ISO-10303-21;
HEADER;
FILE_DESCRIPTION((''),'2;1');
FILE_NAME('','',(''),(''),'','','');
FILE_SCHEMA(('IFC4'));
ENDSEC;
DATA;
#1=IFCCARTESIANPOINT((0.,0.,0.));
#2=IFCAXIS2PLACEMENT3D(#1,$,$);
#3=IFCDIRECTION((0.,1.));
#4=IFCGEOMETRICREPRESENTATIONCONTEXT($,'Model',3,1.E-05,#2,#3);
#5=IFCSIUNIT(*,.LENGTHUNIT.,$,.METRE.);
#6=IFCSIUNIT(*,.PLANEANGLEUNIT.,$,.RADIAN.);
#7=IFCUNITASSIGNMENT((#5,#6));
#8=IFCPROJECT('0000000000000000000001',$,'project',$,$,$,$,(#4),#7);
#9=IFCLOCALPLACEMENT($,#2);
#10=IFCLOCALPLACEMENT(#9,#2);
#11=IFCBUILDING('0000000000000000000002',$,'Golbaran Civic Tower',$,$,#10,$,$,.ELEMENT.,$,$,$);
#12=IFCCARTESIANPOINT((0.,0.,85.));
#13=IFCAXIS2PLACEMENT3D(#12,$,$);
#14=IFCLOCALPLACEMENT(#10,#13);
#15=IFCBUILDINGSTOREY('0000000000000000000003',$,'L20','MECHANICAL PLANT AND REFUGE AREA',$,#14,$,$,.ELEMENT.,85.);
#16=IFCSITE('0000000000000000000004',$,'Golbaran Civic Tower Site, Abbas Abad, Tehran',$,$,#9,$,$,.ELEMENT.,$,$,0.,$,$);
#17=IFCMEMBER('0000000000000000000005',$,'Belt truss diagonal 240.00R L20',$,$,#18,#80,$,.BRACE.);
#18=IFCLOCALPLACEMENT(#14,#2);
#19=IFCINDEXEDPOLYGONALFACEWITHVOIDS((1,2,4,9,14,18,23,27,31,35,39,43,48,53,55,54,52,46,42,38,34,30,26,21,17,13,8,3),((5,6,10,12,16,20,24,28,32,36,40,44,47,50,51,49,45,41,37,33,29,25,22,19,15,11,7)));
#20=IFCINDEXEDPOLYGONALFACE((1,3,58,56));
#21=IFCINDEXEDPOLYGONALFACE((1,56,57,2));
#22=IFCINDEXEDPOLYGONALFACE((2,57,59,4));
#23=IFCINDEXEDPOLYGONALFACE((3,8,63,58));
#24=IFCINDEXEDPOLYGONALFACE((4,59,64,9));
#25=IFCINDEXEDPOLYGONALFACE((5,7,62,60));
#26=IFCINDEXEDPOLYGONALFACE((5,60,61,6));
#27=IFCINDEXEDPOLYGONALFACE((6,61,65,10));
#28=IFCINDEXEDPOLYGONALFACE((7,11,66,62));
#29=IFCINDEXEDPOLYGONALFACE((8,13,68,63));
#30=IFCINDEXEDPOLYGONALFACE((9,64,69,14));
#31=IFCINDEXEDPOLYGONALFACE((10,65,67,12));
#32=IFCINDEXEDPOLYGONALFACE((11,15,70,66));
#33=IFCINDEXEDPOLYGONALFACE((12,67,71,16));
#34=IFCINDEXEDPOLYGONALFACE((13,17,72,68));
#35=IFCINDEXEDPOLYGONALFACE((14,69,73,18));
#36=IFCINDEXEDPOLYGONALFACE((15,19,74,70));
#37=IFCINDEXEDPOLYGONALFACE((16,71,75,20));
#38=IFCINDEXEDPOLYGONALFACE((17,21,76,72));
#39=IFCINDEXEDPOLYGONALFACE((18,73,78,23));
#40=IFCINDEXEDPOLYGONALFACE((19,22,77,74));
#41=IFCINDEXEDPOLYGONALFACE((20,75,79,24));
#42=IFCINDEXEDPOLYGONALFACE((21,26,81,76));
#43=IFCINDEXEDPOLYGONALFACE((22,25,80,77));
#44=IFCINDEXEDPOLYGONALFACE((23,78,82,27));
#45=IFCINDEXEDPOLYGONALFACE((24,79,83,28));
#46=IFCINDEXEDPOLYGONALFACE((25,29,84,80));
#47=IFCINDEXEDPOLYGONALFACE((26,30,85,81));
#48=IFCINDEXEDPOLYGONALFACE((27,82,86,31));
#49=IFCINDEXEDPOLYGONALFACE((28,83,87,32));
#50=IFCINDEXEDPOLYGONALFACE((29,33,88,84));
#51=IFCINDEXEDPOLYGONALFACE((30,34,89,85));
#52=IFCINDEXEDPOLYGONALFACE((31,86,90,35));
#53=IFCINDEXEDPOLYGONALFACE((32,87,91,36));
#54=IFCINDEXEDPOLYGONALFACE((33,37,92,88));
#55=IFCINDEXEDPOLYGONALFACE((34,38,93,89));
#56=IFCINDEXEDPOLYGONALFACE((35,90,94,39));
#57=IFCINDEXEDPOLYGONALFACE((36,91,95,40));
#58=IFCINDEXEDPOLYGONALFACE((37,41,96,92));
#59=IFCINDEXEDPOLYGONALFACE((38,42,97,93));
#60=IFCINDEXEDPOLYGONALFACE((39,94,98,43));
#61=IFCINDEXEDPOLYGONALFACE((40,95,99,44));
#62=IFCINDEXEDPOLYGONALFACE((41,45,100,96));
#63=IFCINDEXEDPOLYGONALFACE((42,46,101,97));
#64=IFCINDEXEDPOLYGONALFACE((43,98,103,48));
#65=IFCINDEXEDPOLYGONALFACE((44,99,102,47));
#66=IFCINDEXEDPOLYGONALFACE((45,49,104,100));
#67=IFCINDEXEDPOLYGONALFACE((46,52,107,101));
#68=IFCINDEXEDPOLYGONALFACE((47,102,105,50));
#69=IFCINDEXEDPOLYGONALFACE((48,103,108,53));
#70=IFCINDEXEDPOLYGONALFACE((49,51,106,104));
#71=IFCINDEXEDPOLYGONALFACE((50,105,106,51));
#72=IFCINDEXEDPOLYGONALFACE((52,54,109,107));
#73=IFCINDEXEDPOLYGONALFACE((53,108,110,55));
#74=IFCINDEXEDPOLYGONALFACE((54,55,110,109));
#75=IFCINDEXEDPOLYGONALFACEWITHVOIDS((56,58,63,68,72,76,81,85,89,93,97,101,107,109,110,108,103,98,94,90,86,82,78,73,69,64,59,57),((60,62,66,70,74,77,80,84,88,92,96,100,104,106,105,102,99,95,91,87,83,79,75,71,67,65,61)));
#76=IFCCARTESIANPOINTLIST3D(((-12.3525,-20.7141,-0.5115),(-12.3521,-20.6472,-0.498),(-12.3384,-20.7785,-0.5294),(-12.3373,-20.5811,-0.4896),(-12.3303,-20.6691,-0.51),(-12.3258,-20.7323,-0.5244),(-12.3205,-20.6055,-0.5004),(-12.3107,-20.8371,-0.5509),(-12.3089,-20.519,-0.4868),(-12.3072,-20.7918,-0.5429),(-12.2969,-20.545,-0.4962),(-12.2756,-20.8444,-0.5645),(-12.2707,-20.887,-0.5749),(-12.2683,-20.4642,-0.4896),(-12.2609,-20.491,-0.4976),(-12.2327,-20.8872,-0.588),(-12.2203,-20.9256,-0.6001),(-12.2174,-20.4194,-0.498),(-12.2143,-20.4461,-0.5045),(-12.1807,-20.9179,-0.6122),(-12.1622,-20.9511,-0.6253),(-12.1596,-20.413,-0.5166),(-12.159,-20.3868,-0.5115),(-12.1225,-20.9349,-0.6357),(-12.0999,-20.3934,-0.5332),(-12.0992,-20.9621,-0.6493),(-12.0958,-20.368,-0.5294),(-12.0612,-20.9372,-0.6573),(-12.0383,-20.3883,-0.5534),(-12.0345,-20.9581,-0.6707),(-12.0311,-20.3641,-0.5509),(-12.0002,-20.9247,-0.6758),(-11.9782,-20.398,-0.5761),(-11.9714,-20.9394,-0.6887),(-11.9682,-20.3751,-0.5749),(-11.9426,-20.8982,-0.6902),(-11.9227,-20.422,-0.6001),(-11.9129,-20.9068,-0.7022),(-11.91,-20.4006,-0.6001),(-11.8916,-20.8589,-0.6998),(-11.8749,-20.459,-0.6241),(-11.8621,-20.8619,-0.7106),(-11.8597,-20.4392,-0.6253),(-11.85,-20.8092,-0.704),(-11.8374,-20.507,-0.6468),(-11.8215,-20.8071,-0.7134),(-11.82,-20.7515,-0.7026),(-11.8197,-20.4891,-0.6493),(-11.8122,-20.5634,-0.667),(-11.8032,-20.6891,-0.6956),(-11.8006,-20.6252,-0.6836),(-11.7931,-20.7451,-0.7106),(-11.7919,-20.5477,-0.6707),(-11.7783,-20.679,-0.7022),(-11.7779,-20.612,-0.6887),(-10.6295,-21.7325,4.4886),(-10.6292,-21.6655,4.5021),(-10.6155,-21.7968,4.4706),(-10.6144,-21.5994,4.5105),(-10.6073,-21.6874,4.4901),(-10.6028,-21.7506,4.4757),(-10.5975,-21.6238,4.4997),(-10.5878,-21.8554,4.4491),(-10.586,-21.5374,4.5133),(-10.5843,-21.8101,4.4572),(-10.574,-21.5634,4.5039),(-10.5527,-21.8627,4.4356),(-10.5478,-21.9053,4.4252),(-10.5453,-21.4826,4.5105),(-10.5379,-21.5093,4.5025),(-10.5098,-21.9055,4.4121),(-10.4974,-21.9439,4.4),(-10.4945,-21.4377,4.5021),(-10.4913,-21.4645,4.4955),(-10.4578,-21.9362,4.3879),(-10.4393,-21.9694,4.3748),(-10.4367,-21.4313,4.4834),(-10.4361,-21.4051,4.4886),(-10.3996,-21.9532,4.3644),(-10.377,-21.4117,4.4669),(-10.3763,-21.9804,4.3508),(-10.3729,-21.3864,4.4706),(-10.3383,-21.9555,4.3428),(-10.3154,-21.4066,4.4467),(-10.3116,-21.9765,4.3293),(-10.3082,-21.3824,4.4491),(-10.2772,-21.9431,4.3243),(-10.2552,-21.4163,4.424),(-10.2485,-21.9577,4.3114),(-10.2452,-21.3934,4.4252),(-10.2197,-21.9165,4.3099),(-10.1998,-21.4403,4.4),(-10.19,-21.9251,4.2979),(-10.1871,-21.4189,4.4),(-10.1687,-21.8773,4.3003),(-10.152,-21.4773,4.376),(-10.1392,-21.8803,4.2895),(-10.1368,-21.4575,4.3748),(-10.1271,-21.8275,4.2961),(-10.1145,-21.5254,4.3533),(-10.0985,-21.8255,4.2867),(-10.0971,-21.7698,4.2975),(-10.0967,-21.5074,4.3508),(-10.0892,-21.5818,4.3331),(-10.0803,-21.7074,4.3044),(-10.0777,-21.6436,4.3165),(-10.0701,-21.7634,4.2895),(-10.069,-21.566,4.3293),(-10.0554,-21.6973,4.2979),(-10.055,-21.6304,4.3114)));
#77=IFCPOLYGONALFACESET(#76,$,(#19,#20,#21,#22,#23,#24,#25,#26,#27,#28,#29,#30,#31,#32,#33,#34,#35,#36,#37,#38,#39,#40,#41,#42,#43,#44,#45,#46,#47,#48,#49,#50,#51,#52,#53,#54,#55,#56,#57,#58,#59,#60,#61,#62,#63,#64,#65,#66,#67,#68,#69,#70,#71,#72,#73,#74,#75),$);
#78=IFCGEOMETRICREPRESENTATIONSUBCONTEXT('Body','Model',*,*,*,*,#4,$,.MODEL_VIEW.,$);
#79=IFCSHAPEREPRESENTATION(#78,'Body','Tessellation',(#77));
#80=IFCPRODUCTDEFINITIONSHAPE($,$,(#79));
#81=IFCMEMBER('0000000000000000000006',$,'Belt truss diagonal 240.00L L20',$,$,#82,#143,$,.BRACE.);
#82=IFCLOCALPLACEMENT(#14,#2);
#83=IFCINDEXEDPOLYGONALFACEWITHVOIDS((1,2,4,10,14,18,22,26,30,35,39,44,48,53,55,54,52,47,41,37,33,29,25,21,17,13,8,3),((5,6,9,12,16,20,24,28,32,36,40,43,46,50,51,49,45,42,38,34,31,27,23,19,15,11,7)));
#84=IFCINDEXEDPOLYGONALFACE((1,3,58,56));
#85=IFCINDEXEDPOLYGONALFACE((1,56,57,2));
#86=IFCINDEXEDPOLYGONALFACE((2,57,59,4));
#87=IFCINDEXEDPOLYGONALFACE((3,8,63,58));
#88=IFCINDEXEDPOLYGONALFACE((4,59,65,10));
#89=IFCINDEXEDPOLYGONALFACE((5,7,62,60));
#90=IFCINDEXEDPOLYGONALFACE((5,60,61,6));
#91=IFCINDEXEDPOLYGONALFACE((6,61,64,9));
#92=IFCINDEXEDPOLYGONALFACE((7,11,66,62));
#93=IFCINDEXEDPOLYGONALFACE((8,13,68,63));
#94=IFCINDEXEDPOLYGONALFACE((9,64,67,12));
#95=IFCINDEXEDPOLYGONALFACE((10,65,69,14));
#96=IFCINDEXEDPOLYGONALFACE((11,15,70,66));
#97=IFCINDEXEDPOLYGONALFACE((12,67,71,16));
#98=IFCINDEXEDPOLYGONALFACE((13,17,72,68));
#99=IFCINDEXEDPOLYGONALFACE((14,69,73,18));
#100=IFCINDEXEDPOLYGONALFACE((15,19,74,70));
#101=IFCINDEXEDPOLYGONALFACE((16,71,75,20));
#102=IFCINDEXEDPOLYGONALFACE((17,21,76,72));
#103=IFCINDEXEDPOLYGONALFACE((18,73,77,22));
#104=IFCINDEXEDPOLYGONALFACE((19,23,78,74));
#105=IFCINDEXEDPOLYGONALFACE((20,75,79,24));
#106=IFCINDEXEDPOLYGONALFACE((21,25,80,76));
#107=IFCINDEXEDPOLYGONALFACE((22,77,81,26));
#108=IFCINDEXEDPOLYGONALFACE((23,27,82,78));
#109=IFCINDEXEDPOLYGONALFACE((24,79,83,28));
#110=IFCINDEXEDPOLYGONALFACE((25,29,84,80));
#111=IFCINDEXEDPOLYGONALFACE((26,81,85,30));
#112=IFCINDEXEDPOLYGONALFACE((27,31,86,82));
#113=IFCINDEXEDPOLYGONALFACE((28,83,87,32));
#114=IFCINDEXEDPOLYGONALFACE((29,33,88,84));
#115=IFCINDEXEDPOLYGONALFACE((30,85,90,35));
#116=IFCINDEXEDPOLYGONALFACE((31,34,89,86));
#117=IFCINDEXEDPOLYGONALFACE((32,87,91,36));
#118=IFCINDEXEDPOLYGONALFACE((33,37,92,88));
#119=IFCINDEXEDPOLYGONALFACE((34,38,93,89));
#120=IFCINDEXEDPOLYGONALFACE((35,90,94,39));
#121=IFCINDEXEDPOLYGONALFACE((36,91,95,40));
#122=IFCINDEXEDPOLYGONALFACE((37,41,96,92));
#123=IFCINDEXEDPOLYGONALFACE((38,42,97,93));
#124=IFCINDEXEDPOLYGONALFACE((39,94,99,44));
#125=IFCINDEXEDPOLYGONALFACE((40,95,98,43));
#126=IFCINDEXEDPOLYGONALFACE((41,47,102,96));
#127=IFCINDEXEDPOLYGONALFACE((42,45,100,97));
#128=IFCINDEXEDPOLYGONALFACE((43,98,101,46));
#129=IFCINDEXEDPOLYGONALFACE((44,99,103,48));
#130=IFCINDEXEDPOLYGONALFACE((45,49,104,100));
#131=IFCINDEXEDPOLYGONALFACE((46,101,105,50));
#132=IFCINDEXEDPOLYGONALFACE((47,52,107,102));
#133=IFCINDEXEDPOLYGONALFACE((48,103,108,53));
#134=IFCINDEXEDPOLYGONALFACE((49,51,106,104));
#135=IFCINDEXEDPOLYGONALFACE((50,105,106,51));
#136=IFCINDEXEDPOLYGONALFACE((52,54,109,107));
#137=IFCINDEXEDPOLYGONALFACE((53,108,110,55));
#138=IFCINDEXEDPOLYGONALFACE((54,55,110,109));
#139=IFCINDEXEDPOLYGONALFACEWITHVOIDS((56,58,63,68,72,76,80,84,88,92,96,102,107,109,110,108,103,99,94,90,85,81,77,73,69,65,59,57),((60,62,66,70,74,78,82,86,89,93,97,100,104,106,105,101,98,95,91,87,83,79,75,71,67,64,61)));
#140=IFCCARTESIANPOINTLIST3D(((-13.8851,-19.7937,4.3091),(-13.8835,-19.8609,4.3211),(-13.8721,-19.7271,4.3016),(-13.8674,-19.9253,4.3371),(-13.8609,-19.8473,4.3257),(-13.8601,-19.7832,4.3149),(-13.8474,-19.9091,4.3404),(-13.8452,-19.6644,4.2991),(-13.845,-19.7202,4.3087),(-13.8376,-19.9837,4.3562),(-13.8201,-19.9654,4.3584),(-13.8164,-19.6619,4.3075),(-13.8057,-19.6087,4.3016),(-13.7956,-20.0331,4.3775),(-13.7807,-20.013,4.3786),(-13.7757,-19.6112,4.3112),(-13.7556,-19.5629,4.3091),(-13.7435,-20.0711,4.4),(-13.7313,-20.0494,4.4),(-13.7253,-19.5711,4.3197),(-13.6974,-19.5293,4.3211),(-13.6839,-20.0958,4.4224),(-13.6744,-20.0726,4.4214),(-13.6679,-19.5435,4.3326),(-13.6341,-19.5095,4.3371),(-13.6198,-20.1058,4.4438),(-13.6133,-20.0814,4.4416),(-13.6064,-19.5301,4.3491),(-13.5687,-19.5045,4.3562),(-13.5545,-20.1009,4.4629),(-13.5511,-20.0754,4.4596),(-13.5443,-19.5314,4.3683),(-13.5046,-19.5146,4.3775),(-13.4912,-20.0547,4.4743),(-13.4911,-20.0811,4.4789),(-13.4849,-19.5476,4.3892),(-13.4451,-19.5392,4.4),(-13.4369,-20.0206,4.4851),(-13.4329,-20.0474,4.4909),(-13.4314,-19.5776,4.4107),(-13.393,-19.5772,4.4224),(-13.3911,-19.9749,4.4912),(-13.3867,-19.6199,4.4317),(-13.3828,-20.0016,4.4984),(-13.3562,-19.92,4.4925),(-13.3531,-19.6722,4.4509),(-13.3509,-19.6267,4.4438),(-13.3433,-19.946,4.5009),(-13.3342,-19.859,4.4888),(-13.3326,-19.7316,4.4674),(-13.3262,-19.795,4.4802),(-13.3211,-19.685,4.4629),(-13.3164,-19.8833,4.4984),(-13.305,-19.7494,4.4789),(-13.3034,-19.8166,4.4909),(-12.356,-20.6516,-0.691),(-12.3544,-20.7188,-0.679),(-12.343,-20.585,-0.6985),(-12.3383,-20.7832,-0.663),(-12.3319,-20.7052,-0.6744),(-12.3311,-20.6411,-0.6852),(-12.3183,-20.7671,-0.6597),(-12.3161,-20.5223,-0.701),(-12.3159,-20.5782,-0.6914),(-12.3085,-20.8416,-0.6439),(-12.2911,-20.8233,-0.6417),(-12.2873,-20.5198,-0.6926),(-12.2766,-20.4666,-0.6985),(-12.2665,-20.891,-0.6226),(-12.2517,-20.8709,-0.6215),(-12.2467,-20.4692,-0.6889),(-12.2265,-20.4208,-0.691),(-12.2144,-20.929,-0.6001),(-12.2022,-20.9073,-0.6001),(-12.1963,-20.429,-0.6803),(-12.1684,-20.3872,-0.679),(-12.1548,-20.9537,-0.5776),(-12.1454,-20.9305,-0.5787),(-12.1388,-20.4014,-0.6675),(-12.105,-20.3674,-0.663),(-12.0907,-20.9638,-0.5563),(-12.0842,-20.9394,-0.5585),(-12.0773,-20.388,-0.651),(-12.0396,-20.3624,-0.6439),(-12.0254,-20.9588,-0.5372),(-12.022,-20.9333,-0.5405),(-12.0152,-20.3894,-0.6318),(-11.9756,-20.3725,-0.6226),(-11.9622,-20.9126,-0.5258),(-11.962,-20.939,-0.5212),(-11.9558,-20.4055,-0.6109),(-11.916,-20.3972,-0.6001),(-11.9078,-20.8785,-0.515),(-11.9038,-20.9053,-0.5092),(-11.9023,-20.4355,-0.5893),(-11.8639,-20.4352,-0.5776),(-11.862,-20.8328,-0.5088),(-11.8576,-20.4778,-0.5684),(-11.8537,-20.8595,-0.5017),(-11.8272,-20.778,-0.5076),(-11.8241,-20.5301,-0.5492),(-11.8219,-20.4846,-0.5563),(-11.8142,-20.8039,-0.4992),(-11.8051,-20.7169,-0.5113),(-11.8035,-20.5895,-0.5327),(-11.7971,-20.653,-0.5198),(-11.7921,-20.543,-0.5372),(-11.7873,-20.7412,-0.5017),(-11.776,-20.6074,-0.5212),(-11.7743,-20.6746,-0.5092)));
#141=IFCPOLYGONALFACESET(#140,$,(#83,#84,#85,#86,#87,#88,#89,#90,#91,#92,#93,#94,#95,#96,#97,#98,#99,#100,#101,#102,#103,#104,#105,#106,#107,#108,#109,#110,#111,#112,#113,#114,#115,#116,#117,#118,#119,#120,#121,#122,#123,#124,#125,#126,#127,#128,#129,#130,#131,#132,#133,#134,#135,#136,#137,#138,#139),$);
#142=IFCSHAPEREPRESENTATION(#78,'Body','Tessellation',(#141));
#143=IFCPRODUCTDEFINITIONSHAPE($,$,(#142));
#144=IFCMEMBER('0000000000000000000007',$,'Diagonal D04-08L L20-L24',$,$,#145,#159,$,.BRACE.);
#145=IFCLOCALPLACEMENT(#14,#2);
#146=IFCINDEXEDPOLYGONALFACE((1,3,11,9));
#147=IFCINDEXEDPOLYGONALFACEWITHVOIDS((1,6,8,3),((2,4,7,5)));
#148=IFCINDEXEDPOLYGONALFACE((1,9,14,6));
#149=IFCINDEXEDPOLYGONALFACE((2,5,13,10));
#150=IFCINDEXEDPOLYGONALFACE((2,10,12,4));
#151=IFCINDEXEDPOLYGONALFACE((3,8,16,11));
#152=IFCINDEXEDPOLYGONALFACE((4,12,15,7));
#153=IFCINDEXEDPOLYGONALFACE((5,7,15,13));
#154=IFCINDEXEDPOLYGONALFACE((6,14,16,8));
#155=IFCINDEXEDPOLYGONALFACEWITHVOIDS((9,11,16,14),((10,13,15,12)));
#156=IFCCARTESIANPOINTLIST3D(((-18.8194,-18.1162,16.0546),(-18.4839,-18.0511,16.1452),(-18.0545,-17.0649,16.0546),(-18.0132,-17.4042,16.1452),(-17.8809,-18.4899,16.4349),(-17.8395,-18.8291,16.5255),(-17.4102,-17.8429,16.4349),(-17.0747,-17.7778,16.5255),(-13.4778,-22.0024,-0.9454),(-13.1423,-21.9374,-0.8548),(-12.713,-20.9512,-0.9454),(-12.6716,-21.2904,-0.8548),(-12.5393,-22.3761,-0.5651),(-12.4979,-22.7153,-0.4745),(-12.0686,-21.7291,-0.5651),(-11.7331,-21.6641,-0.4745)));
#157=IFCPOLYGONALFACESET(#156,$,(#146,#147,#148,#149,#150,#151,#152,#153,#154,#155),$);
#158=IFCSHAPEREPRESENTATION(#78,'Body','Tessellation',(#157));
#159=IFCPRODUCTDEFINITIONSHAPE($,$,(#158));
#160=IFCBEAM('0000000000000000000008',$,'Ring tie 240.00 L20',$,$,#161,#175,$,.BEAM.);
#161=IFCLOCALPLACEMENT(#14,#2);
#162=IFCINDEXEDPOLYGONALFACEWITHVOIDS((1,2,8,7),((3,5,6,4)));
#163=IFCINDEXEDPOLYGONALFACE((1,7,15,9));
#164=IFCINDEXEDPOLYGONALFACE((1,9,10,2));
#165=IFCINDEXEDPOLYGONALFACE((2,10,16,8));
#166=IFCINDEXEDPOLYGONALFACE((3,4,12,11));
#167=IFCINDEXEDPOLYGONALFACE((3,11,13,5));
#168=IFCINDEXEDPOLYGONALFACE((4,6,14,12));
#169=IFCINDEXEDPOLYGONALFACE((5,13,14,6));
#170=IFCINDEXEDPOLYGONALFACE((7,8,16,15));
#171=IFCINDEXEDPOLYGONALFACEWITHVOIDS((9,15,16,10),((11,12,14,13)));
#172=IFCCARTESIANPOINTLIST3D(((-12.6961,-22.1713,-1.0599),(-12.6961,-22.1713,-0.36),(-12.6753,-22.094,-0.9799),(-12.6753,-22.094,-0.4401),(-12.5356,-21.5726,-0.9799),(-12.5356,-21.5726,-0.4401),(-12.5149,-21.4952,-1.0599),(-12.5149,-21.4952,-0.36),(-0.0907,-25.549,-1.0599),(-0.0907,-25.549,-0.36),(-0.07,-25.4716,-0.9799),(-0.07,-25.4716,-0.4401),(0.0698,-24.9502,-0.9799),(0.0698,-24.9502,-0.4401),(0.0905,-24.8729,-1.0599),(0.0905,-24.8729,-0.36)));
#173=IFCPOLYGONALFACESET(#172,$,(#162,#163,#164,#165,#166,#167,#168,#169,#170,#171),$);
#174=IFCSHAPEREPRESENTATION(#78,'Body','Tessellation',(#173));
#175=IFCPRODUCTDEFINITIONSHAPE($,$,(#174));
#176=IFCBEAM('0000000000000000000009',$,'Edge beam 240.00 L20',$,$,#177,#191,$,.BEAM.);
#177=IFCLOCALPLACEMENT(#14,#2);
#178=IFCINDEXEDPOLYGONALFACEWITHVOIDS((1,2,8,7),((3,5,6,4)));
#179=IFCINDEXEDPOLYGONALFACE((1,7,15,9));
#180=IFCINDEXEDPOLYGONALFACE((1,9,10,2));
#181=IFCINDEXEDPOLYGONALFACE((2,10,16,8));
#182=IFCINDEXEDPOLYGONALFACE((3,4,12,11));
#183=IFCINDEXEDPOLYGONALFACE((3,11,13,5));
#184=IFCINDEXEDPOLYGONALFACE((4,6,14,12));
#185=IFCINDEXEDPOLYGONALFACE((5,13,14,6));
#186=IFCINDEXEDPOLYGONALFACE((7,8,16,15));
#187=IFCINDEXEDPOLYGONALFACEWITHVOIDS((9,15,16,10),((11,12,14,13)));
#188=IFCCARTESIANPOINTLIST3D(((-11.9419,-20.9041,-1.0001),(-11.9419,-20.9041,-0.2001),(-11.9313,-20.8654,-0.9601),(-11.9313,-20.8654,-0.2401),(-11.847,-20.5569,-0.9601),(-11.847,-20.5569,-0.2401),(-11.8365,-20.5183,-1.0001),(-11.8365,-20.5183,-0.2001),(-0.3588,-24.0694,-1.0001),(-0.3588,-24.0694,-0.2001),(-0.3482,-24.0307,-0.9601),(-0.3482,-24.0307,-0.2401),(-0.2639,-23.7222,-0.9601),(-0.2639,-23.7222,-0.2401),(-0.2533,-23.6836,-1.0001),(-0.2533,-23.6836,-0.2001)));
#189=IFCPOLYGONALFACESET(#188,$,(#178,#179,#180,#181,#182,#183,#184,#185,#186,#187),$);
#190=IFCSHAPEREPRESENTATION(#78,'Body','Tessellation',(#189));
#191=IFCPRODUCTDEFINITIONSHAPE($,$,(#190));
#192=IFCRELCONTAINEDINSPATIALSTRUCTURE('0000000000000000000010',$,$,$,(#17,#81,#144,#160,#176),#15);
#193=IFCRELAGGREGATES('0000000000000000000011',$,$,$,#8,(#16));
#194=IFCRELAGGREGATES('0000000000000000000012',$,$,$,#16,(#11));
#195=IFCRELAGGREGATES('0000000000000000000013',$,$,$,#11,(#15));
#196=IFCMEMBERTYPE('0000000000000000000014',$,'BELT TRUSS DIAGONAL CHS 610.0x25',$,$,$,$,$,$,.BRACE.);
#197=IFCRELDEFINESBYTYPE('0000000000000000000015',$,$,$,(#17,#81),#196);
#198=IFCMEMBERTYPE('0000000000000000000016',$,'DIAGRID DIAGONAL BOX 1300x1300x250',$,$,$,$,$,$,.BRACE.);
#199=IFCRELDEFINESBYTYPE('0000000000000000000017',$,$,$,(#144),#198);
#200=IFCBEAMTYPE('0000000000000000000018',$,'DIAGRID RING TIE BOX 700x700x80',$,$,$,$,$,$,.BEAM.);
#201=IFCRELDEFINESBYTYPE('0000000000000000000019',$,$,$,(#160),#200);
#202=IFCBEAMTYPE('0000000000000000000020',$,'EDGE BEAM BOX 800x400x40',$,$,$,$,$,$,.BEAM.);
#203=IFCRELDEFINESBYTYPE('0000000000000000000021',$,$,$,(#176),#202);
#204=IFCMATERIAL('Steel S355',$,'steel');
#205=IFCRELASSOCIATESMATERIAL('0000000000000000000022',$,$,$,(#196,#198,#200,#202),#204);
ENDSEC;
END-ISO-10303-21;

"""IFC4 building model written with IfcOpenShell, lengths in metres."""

from ifc_helpers import new_model, si_unit, direction, frame, origin, origin_2d, place, context, subcontext, project, spatial, hollow_rectangle, hollow_circle, extrude, material, material_profile, profile_set, type_object, element, save


model = new_model("IFC4")

# Units and contexts
model_context = context("Model", 3, precision=1e-05, world=origin(), true_north=direction((0.0, 1.0)))
body_context = subcontext(model_context, "Body", "Model", "MODEL_VIEW")
ifc_project = project(units=[si_unit("LENGTHUNIT", "METRE"), si_unit("PLANEANGLEUNIT", "RADIAN")], contexts=[model_context])

# Site, building, storey
site_placement = place(None, origin())
site = spatial("IfcSite", under=ifc_project, at=site_placement, Name="Golbaran Civic Tower Site, Abbas Abad, Tehran", CompositionType="ELEMENT", RefElevation=0.0)
building_placement = place(site_placement, origin())
building = spatial("IfcBuilding", under=site, at=building_placement, Name="Golbaran Civic Tower", CompositionType="ELEMENT")
storey_placement = place(building_placement, frame((0.0, 0.0, 85.0)))
storey = spatial("IfcBuildingStorey", under=building, at=storey_placement, Name="L20", Description="MECHANICAL PLANT AND REFUGE AREA", CompositionType="ELEMENT", Elevation=85.0)

# Members
ifc_material_1 = material(Name="Steel S355", Category="steel")
ifc_material_profile_1 = material_profile(ifc_material_1, hollow_circle(Radius=0.3049, WallThickness=0.0249, at=origin_2d()), Name="CHS 610.0x25")
ifc_profile_set_1 = profile_set([ifc_material_profile_1], Name="Steel S355")
member_type_1 = type_object("IfcMemberType", Name="BELT TRUSS DIAGONAL CHS 610.0x25", PredefinedType="BRACE", material=ifc_profile_set_1)
member_1_placement = place(storey_placement, frame((-12.0652, -20.6631, -0.6001), z_axis=(0.319905, -0.189078, 0.928391), x_axis=(0.508816, 0.860876, 0.0)))
element("IfcMember", 1, at=member_1_placement, inside=storey, type_object=member_type_1, Name="Belt truss diagonal 240.00R L20", PredefinedType="BRACE", context=body_context, shape_type="SweptSolid", body=[
    extrude(hollow_circle(Radius=0.3049, WallThickness=0.0249, at=origin_2d()), origin(), (0.0, 0.0, 1.0), 5.3857),
])
member_2_placement = place(storey_placement, frame((-12.0652, -20.6631, -0.6001), z_axis=(-0.288583, 0.161916, 0.943665), x_axis=(-0.489316, -0.872107, 0.0)))
element("IfcMember", 2, at=member_2_placement, inside=storey, type_object=member_type_1, Name="Belt truss diagonal 240.00L L20", PredefinedType="BRACE", context=body_context, shape_type="SweptSolid", body=[
    extrude(hollow_circle(Radius=0.3049, WallThickness=0.0249, at=origin_2d()), origin(), (0.0, 0.0, 1.0), 5.2986),
])
ifc_material_profile_2 = material_profile(ifc_material_1, hollow_rectangle(XDim=1.3, YDim=1.3, WallThickness=0.25, at=origin_2d()), Name="BOX 1300x1300x250")
ifc_profile_set_2 = profile_set([ifc_material_profile_2], Name="Steel S355")
member_type_2 = type_object("IfcMemberType", Name="DIAGRID DIAGONAL BOX 1300x1300x250", PredefinedType="BRACE", material=ifc_profile_set_2)
member_3_placement = place(storey_placement, frame((-12.6055, -21.8333, -0.71), z_axis=(-0.292876, 0.213081, 0.932105), x_axis=(-0.588317, -0.808631, 0.0)))
element("IfcMember", 3, at=member_3_placement, inside=storey, type_object=member_type_2, Name="Diagonal D04-08L L20-L24", PredefinedType="BRACE", context=body_context, shape_type="SweptSolid", body=[
    extrude(hollow_rectangle(XDim=1.3, YDim=1.3, WallThickness=0.25, at=origin_2d()), origin(), (0.0, 0.0, 1.0), 18.2383),
])

# Beams
ifc_material_profile_3 = material_profile(ifc_material_1, hollow_rectangle(XDim=0.7, YDim=0.7, WallThickness=0.0801, at=origin_2d()), Name="BOX 700x700x80")
ifc_profile_set_3 = profile_set([ifc_material_profile_3], Name="Steel S355")
beam_type_1 = type_object("IfcBeamType", Name="DIAGRID RING TIE BOX 700x700x80", PredefinedType="BEAM", material=ifc_profile_set_3)
beam_1_placement = place(storey_placement, frame((-12.6055, -21.8333, -0.71), z_axis=(0.965925, -0.258823, 0.0), x_axis=(0.258823, 0.965925, 0.0)))
element("IfcBeam", 4, at=beam_1_placement, inside=storey, type_object=beam_type_1, Name="Ring tie 240.00 L20", PredefinedType="BEAM", context=body_context, shape_type="SweptSolid", body=[
    extrude(hollow_rectangle(XDim=0.7, YDim=0.7, WallThickness=0.0801, at=origin_2d()), origin(), (0.0, 0.0, 1.0), 13.05),
])
ifc_material_profile_4 = material_profile(ifc_material_1, hollow_rectangle(XDim=0.3999, YDim=0.8, WallThickness=0.04, at=origin_2d()), Name="BOX 800x400x40")
ifc_profile_set_4 = profile_set([ifc_material_profile_4], Name="Steel S355")
beam_type_2 = type_object("IfcBeamType", Name="EDGE BEAM BOX 800x400x40", PredefinedType="BEAM", material=ifc_profile_set_4)
beam_2_placement = place(storey_placement, frame((-11.8892, -20.7112, -0.6001), z_axis=(0.964631, -0.263604, 0.0), x_axis=(0.263604, 0.964631, 0.0)))
element("IfcBeam", 5, at=beam_2_placement, inside=storey, type_object=beam_type_2, Name="Edge beam 240.00 L20", PredefinedType="BEAM", context=body_context, shape_type="SweptSolid", body=[
    extrude(hollow_rectangle(XDim=0.3999, YDim=0.8, WallThickness=0.04, at=origin_2d()), origin(), (0.0, 0.0, 1.0), 12.0078),
])

save(model, "model.ifc")
